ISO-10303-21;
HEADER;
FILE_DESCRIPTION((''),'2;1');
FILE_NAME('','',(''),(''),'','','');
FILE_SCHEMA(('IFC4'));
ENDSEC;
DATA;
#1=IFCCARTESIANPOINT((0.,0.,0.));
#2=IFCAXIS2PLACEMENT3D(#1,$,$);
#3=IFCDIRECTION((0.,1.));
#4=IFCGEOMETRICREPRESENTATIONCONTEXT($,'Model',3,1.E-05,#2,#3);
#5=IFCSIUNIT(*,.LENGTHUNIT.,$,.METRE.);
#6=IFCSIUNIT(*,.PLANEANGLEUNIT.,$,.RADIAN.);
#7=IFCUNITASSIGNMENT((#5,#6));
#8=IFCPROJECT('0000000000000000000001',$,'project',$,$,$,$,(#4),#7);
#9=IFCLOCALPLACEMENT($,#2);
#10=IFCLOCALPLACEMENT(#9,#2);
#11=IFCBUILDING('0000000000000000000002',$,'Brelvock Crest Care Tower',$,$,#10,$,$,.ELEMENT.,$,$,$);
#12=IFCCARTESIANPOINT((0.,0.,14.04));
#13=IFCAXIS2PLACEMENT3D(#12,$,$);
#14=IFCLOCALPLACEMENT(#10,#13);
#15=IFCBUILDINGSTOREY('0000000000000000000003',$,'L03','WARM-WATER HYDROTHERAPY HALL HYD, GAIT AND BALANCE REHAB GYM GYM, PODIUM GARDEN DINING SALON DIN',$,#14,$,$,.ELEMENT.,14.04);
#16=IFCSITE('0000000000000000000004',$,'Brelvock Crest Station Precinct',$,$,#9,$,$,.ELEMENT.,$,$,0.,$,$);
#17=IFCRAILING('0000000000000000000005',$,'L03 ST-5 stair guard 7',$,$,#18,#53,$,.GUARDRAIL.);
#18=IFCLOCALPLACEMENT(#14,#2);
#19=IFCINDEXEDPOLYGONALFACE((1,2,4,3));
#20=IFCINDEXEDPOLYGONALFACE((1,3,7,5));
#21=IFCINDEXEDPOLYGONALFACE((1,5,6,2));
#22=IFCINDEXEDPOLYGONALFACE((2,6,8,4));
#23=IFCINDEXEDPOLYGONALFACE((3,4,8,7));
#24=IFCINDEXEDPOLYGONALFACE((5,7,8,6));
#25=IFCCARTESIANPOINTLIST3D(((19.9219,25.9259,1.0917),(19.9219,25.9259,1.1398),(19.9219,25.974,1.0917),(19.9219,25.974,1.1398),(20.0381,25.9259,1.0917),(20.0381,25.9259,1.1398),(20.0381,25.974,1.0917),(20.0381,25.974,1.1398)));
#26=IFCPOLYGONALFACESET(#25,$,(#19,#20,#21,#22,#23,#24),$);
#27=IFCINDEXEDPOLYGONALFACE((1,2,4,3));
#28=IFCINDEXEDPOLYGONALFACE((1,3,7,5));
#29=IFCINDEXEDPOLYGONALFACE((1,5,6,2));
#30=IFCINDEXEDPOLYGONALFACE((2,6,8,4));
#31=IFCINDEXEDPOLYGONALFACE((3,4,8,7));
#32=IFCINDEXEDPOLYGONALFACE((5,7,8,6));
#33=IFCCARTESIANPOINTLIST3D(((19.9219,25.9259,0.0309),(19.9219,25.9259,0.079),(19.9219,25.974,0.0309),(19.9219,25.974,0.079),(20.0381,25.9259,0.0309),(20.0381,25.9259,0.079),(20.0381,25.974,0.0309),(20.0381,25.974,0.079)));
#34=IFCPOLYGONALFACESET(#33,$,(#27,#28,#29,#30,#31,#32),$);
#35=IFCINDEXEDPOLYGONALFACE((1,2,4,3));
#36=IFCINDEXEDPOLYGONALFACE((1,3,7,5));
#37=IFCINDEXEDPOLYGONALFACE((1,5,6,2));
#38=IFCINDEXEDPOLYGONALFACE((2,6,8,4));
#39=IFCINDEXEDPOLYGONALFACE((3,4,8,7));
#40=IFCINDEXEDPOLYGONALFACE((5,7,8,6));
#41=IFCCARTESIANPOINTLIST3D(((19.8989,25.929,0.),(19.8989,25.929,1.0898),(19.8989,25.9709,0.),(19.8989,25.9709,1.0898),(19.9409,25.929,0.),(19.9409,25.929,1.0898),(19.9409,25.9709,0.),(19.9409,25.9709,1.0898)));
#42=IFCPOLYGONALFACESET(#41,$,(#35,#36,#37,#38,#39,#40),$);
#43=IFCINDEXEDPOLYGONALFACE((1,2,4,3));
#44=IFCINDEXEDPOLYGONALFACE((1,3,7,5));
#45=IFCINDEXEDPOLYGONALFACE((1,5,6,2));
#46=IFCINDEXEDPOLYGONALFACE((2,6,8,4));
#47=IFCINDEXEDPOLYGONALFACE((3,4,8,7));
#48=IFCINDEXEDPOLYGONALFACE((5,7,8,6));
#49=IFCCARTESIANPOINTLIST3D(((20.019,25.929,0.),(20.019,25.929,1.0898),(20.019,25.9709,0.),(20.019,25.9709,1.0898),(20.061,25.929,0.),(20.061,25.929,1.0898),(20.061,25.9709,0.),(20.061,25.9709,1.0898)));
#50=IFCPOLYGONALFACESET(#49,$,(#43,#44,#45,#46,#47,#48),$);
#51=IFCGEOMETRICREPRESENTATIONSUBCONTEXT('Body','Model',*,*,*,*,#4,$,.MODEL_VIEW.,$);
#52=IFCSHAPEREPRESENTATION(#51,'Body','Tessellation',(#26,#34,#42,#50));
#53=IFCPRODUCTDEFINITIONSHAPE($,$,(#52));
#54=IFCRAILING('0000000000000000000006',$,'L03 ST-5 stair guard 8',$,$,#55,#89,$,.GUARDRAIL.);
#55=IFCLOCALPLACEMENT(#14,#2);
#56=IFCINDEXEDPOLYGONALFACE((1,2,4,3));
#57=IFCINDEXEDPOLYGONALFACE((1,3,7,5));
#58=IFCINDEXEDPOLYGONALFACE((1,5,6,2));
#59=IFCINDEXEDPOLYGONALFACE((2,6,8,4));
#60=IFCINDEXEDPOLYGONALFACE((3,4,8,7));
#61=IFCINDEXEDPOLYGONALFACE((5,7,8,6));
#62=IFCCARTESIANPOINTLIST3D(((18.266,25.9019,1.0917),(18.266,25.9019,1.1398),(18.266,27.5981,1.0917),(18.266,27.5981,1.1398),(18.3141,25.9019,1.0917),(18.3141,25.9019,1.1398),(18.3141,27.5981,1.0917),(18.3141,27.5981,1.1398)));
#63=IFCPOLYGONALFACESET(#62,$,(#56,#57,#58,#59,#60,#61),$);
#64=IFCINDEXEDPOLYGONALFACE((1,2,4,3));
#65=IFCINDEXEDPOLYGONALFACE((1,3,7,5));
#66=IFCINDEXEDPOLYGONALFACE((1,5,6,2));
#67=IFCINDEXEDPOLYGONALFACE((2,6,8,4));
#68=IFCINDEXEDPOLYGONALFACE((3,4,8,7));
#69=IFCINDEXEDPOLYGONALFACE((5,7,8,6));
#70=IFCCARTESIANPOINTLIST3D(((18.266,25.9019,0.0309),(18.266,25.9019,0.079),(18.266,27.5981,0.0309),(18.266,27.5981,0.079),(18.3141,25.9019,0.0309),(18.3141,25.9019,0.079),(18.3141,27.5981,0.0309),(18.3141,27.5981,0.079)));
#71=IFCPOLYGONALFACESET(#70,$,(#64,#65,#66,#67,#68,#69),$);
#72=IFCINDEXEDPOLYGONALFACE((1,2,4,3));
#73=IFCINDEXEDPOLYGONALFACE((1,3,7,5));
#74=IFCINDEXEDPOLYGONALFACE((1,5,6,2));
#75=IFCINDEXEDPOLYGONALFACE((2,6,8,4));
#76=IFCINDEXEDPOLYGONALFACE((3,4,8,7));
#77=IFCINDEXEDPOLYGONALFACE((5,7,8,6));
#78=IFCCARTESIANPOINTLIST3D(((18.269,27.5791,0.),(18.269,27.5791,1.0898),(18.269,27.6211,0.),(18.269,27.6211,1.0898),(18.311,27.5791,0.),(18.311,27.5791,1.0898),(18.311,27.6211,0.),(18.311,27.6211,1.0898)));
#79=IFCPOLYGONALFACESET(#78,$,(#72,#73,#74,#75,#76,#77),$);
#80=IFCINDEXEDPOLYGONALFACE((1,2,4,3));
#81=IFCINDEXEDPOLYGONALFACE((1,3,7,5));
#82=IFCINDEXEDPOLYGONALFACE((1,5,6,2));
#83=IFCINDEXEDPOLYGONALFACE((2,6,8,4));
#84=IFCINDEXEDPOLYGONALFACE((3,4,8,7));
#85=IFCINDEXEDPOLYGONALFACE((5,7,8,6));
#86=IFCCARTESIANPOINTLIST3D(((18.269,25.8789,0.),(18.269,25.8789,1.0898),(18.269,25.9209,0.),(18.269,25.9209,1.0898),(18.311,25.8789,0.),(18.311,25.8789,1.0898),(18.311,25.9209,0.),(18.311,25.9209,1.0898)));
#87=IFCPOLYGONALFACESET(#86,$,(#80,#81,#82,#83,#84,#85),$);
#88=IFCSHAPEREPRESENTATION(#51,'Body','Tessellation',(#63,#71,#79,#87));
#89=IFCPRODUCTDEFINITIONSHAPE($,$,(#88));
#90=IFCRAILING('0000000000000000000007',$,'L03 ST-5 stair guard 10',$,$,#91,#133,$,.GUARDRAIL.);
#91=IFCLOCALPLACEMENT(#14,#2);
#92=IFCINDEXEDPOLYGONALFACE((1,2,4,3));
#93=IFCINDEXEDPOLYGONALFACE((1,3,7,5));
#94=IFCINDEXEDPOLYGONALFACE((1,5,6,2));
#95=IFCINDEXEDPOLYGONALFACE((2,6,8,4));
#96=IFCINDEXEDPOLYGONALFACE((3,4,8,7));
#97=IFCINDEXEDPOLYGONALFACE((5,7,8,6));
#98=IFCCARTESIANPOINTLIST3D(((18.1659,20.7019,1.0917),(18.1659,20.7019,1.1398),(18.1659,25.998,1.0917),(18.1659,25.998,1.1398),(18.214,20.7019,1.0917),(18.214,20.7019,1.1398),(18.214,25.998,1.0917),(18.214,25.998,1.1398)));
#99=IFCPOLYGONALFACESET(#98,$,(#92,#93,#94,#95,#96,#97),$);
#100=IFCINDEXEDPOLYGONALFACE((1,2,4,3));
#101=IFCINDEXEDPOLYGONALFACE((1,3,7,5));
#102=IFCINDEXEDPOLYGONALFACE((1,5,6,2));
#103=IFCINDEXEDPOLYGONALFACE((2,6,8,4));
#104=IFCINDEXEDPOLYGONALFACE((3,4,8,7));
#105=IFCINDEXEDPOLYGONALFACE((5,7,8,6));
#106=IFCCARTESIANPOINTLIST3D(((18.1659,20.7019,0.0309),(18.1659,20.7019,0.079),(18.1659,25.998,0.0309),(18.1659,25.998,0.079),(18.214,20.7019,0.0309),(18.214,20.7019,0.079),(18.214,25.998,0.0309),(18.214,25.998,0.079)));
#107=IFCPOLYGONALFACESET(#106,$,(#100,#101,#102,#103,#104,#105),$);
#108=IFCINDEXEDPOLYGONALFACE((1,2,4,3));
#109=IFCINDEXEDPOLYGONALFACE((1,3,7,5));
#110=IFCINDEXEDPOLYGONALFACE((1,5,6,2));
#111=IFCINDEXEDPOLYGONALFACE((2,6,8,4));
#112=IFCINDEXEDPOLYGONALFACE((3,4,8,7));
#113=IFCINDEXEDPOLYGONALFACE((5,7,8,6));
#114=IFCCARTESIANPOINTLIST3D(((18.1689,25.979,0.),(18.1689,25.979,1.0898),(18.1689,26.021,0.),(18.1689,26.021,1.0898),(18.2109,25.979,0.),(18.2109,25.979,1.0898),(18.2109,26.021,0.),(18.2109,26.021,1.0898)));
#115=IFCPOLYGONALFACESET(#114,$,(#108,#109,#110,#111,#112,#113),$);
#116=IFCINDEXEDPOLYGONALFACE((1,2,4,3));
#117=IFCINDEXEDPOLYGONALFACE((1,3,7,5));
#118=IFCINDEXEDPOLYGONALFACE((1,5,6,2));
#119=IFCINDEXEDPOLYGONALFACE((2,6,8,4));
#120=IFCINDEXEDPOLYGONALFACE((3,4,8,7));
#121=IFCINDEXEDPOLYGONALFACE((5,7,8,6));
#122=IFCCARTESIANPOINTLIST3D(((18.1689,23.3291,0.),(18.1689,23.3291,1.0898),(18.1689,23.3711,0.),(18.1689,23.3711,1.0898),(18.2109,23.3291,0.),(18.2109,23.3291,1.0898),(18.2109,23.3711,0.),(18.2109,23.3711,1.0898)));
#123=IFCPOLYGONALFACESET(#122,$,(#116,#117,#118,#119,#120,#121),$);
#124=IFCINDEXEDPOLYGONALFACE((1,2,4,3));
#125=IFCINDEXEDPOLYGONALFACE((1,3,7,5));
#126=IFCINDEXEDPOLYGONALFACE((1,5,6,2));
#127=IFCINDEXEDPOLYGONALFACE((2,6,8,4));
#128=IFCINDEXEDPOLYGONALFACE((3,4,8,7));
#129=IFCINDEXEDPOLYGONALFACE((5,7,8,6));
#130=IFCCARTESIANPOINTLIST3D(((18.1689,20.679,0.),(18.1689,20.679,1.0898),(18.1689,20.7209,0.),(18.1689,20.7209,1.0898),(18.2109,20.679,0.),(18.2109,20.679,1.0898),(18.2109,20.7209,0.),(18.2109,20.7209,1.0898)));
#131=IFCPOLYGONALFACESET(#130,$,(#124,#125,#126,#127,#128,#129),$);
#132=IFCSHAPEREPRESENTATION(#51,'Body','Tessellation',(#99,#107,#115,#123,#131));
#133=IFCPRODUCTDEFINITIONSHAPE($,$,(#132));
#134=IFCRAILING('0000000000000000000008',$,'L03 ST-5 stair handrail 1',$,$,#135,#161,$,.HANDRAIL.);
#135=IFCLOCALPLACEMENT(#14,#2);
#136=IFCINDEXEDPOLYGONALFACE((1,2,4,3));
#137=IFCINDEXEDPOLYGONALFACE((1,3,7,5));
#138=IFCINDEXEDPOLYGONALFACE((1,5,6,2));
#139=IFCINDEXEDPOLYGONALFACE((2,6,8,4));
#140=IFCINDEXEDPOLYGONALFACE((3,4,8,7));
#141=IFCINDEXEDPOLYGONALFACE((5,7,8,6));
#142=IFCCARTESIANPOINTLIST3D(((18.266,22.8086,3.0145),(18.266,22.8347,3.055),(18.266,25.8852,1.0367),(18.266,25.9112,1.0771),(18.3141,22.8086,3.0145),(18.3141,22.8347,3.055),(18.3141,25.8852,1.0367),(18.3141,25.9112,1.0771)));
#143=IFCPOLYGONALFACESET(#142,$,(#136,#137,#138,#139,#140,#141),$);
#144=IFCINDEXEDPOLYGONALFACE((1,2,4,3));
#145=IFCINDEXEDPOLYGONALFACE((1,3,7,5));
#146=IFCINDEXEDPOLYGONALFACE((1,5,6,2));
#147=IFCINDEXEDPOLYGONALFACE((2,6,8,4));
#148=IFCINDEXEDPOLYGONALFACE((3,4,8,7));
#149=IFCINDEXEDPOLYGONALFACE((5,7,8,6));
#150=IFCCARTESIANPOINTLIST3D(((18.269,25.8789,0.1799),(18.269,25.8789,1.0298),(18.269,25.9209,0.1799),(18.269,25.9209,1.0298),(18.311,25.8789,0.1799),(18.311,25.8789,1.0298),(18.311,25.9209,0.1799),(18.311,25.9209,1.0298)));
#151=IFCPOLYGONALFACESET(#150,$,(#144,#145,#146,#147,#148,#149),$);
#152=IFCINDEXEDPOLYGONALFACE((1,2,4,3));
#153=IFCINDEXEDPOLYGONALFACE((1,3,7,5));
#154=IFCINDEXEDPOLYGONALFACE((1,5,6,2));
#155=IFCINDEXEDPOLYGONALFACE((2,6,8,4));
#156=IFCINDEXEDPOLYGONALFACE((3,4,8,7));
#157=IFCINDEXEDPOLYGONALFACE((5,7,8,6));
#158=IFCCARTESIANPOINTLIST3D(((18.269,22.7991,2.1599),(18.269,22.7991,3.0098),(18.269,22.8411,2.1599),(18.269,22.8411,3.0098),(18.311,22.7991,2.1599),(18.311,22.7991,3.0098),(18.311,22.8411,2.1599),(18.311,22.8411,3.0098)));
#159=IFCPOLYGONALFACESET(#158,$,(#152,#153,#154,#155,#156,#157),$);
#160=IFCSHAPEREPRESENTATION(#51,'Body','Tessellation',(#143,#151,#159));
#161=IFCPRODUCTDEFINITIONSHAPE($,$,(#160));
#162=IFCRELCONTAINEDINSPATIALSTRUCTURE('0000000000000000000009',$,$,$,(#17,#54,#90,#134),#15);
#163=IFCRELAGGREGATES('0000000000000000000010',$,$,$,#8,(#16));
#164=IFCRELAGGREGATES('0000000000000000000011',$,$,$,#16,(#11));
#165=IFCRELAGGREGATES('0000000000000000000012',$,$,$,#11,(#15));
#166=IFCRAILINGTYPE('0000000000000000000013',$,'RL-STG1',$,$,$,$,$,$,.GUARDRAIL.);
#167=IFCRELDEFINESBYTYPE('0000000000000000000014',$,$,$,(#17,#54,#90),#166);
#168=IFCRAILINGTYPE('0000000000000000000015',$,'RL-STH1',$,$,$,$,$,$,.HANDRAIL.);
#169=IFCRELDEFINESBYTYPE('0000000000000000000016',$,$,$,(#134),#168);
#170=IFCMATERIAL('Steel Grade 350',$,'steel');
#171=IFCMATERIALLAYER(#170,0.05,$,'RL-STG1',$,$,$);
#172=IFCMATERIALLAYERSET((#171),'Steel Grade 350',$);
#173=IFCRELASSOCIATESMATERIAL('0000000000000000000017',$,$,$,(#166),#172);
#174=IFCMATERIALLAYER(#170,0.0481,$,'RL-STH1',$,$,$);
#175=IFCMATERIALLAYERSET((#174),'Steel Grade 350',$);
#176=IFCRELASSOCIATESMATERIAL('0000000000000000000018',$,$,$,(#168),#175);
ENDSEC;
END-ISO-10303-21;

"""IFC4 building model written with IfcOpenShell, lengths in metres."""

from ifc_helpers import new_model, si_unit, direction, frame, origin, origin_2d, place, context, subcontext, project, spatial, rectangle, extrude, material, layer, layer_set, type_object, element, save


model = new_model("IFC4")

# Units and contexts
model_context = context("Model", 3, precision=1e-05, world=origin(), true_north=direction((0.0, 1.0)))
body_context = subcontext(model_context, "Body", "Model", "MODEL_VIEW")
ifc_project = project(units=[si_unit("LENGTHUNIT", "METRE"), si_unit("PLANEANGLEUNIT", "RADIAN")], contexts=[model_context])

# Site, building, storey
site_placement = place(None, origin())
site = spatial("IfcSite", under=ifc_project, at=site_placement, Name="Brelvock Crest Station Precinct", CompositionType="ELEMENT", RefElevation=0.0)
building_placement = place(site_placement, origin())
building = spatial("IfcBuilding", under=site, at=building_placement, Name="Brelvock Crest Care Tower", CompositionType="ELEMENT")
storey_placement = place(building_placement, frame((0.0, 0.0, 14.04)))
storey = spatial("IfcBuildingStorey", under=building, at=storey_placement, Name="L03", Description="WARM-WATER HYDROTHERAPY HALL HYD, GAIT AND BALANCE REHAB GYM GYM, PODIUM GARDEN DINING SALON DIN", CompositionType="ELEMENT", Elevation=14.04)

# Shared definitions
ifc_material_1 = material(Name="Steel Grade 350", Category="steel")

# Railings
ifc_layer_1 = layer(ifc_material_1, 0.05, Name="RL-STG1")
ifc_layer_set_1 = layer_set([ifc_layer_1], Name="Steel Grade 350")
railing_type_1 = type_object("IfcRailingType", Name="RL-STG1", PredefinedType="GUARDRAIL", material=ifc_layer_set_1)
railing_1_placement = place(storey_placement, frame((19.9199, 25.95, 0.0)))
element("IfcRailing", 1, at=railing_1_placement, inside=storey, type_object=railing_type_1, Name="L03 ST-5 stair guard 7", PredefinedType="GUARDRAIL", context=body_context, shape_type="SweptSolid", body=[
    extrude(rectangle(XDim=0.0481, YDim=0.0481, at=origin_2d()), frame((0.002, 0.0, 1.1157), z_axis=(1.0, 0.0, 0.0), x_axis=(0.0, 1.0, 0.0)), (0.0, 0.0, 1.0), 0.1162),
    extrude(rectangle(XDim=0.0481, YDim=0.0481, at=origin_2d()), frame((0.002, 0.0, 0.0549), z_axis=(1.0, 0.0, 0.0), x_axis=(0.0, 1.0, 0.0)), (0.0, 0.0, 1.0), 0.1162),
    extrude(rectangle(XDim=0.042, YDim=0.042, at=origin_2d()), origin(), (0.0, 0.0, 1.0), 1.0898),
    extrude(rectangle(XDim=0.042, YDim=0.042, at=origin_2d()), frame((0.1201, 0.0, 0.0)), (0.0, 0.0, 1.0), 1.0898),
])
railing_2_placement = place(storey_placement, frame((18.29, 27.6001, 0.0)))
element("IfcRailing", 2, at=railing_2_placement, inside=storey, type_object=railing_type_1, Name="L03 ST-5 stair guard 8", PredefinedType="GUARDRAIL", context=body_context, shape_type="SweptSolid", body=[
    extrude(rectangle(XDim=0.0481, YDim=0.0481, at=origin_2d()), frame((0.0, -0.002, 1.1157), z_axis=(0.0, -1.0, 0.0), x_axis=(1.0, 0.0, 0.0)), (0.0, 0.0, 1.0), 1.6963),
    extrude(rectangle(XDim=0.0481, YDim=0.0481, at=origin_2d()), frame((0.0, -0.002, 0.0549), z_axis=(0.0, -1.0, 0.0), x_axis=(1.0, 0.0, 0.0)), (0.0, 0.0, 1.0), 1.6963),
    extrude(rectangle(XDim=0.042, YDim=0.042, at=origin_2d()), origin(), (0.0, 0.0, 1.0), 1.0898),
    extrude(rectangle(XDim=0.042, YDim=0.042, at=origin_2d()), frame((0.0, -1.7002, 0.0)), (0.0, 0.0, 1.0), 1.0898),
])
railing_3_placement = place(storey_placement, frame((18.1899, 26.0, 0.0)))
element("IfcRailing", 3, at=railing_3_placement, inside=storey, type_object=railing_type_1, Name="L03 ST-5 stair guard 10", PredefinedType="GUARDRAIL", context=body_context, shape_type="SweptSolid", body=[
    extrude(rectangle(XDim=0.0481, YDim=0.0481, at=origin_2d()), frame((0.0, -0.002, 1.1157), z_axis=(0.0, -1.0, 0.0), x_axis=(1.0, 0.0, 0.0)), (0.0, 0.0, 1.0), 5.2961),
    extrude(rectangle(XDim=0.0481, YDim=0.0481, at=origin_2d()), frame((0.0, -0.002, 0.0549), z_axis=(0.0, -1.0, 0.0), x_axis=(1.0, 0.0, 0.0)), (0.0, 0.0, 1.0), 5.2961),
    extrude(rectangle(XDim=0.042, YDim=0.042, at=origin_2d()), origin(), (0.0, 0.0, 1.0), 1.0898),
    extrude(rectangle(XDim=0.042, YDim=0.042, at=origin_2d()), frame((0.0, -2.6499, 0.0)), (0.0, 0.0, 1.0), 1.0898),
    extrude(rectangle(XDim=0.042, YDim=0.042, at=origin_2d()), frame((0.0, -5.3, 0.0)), (0.0, 0.0, 1.0), 1.0898),
])
ifc_layer_2 = layer(ifc_material_1, 0.0481, Name="RL-STH1")
ifc_layer_set_2 = layer_set([ifc_layer_2], Name="Steel Grade 350")
railing_type_2 = type_object("IfcRailingType", Name="RL-STH1", PredefinedType="HANDRAIL", material=ifc_layer_set_2)
railing_4_placement = place(storey_placement, frame((18.29, 25.8999, 0.1799)))
element("IfcRailing", 4, at=railing_4_placement, inside=storey, type_object=railing_type_2, Name="L03 ST-5 stair handrail 1", PredefinedType="HANDRAIL", context=body_context, shape_type="SweptSolid", body=[
    extrude(rectangle(XDim=0.0481, YDim=0.0481, at=origin_2d()), frame((0.0, -0.0017, 0.877), z_axis=(0.0, -0.841168, 0.540774), x_axis=(1.0, 0.0, 0.0)), (0.0, 0.0, 1.0), 3.6575),
    extrude(rectangle(XDim=0.042, YDim=0.042, at=origin_2d()), origin(), (0.0, 0.0, 1.0), 0.8499),
    extrude(rectangle(XDim=0.042, YDim=0.042, at=origin_2d()), frame((0.0, -3.0798, 1.98)), (0.0, 0.0, 1.0), 0.8499),
])

save(model, "model.ifc")
